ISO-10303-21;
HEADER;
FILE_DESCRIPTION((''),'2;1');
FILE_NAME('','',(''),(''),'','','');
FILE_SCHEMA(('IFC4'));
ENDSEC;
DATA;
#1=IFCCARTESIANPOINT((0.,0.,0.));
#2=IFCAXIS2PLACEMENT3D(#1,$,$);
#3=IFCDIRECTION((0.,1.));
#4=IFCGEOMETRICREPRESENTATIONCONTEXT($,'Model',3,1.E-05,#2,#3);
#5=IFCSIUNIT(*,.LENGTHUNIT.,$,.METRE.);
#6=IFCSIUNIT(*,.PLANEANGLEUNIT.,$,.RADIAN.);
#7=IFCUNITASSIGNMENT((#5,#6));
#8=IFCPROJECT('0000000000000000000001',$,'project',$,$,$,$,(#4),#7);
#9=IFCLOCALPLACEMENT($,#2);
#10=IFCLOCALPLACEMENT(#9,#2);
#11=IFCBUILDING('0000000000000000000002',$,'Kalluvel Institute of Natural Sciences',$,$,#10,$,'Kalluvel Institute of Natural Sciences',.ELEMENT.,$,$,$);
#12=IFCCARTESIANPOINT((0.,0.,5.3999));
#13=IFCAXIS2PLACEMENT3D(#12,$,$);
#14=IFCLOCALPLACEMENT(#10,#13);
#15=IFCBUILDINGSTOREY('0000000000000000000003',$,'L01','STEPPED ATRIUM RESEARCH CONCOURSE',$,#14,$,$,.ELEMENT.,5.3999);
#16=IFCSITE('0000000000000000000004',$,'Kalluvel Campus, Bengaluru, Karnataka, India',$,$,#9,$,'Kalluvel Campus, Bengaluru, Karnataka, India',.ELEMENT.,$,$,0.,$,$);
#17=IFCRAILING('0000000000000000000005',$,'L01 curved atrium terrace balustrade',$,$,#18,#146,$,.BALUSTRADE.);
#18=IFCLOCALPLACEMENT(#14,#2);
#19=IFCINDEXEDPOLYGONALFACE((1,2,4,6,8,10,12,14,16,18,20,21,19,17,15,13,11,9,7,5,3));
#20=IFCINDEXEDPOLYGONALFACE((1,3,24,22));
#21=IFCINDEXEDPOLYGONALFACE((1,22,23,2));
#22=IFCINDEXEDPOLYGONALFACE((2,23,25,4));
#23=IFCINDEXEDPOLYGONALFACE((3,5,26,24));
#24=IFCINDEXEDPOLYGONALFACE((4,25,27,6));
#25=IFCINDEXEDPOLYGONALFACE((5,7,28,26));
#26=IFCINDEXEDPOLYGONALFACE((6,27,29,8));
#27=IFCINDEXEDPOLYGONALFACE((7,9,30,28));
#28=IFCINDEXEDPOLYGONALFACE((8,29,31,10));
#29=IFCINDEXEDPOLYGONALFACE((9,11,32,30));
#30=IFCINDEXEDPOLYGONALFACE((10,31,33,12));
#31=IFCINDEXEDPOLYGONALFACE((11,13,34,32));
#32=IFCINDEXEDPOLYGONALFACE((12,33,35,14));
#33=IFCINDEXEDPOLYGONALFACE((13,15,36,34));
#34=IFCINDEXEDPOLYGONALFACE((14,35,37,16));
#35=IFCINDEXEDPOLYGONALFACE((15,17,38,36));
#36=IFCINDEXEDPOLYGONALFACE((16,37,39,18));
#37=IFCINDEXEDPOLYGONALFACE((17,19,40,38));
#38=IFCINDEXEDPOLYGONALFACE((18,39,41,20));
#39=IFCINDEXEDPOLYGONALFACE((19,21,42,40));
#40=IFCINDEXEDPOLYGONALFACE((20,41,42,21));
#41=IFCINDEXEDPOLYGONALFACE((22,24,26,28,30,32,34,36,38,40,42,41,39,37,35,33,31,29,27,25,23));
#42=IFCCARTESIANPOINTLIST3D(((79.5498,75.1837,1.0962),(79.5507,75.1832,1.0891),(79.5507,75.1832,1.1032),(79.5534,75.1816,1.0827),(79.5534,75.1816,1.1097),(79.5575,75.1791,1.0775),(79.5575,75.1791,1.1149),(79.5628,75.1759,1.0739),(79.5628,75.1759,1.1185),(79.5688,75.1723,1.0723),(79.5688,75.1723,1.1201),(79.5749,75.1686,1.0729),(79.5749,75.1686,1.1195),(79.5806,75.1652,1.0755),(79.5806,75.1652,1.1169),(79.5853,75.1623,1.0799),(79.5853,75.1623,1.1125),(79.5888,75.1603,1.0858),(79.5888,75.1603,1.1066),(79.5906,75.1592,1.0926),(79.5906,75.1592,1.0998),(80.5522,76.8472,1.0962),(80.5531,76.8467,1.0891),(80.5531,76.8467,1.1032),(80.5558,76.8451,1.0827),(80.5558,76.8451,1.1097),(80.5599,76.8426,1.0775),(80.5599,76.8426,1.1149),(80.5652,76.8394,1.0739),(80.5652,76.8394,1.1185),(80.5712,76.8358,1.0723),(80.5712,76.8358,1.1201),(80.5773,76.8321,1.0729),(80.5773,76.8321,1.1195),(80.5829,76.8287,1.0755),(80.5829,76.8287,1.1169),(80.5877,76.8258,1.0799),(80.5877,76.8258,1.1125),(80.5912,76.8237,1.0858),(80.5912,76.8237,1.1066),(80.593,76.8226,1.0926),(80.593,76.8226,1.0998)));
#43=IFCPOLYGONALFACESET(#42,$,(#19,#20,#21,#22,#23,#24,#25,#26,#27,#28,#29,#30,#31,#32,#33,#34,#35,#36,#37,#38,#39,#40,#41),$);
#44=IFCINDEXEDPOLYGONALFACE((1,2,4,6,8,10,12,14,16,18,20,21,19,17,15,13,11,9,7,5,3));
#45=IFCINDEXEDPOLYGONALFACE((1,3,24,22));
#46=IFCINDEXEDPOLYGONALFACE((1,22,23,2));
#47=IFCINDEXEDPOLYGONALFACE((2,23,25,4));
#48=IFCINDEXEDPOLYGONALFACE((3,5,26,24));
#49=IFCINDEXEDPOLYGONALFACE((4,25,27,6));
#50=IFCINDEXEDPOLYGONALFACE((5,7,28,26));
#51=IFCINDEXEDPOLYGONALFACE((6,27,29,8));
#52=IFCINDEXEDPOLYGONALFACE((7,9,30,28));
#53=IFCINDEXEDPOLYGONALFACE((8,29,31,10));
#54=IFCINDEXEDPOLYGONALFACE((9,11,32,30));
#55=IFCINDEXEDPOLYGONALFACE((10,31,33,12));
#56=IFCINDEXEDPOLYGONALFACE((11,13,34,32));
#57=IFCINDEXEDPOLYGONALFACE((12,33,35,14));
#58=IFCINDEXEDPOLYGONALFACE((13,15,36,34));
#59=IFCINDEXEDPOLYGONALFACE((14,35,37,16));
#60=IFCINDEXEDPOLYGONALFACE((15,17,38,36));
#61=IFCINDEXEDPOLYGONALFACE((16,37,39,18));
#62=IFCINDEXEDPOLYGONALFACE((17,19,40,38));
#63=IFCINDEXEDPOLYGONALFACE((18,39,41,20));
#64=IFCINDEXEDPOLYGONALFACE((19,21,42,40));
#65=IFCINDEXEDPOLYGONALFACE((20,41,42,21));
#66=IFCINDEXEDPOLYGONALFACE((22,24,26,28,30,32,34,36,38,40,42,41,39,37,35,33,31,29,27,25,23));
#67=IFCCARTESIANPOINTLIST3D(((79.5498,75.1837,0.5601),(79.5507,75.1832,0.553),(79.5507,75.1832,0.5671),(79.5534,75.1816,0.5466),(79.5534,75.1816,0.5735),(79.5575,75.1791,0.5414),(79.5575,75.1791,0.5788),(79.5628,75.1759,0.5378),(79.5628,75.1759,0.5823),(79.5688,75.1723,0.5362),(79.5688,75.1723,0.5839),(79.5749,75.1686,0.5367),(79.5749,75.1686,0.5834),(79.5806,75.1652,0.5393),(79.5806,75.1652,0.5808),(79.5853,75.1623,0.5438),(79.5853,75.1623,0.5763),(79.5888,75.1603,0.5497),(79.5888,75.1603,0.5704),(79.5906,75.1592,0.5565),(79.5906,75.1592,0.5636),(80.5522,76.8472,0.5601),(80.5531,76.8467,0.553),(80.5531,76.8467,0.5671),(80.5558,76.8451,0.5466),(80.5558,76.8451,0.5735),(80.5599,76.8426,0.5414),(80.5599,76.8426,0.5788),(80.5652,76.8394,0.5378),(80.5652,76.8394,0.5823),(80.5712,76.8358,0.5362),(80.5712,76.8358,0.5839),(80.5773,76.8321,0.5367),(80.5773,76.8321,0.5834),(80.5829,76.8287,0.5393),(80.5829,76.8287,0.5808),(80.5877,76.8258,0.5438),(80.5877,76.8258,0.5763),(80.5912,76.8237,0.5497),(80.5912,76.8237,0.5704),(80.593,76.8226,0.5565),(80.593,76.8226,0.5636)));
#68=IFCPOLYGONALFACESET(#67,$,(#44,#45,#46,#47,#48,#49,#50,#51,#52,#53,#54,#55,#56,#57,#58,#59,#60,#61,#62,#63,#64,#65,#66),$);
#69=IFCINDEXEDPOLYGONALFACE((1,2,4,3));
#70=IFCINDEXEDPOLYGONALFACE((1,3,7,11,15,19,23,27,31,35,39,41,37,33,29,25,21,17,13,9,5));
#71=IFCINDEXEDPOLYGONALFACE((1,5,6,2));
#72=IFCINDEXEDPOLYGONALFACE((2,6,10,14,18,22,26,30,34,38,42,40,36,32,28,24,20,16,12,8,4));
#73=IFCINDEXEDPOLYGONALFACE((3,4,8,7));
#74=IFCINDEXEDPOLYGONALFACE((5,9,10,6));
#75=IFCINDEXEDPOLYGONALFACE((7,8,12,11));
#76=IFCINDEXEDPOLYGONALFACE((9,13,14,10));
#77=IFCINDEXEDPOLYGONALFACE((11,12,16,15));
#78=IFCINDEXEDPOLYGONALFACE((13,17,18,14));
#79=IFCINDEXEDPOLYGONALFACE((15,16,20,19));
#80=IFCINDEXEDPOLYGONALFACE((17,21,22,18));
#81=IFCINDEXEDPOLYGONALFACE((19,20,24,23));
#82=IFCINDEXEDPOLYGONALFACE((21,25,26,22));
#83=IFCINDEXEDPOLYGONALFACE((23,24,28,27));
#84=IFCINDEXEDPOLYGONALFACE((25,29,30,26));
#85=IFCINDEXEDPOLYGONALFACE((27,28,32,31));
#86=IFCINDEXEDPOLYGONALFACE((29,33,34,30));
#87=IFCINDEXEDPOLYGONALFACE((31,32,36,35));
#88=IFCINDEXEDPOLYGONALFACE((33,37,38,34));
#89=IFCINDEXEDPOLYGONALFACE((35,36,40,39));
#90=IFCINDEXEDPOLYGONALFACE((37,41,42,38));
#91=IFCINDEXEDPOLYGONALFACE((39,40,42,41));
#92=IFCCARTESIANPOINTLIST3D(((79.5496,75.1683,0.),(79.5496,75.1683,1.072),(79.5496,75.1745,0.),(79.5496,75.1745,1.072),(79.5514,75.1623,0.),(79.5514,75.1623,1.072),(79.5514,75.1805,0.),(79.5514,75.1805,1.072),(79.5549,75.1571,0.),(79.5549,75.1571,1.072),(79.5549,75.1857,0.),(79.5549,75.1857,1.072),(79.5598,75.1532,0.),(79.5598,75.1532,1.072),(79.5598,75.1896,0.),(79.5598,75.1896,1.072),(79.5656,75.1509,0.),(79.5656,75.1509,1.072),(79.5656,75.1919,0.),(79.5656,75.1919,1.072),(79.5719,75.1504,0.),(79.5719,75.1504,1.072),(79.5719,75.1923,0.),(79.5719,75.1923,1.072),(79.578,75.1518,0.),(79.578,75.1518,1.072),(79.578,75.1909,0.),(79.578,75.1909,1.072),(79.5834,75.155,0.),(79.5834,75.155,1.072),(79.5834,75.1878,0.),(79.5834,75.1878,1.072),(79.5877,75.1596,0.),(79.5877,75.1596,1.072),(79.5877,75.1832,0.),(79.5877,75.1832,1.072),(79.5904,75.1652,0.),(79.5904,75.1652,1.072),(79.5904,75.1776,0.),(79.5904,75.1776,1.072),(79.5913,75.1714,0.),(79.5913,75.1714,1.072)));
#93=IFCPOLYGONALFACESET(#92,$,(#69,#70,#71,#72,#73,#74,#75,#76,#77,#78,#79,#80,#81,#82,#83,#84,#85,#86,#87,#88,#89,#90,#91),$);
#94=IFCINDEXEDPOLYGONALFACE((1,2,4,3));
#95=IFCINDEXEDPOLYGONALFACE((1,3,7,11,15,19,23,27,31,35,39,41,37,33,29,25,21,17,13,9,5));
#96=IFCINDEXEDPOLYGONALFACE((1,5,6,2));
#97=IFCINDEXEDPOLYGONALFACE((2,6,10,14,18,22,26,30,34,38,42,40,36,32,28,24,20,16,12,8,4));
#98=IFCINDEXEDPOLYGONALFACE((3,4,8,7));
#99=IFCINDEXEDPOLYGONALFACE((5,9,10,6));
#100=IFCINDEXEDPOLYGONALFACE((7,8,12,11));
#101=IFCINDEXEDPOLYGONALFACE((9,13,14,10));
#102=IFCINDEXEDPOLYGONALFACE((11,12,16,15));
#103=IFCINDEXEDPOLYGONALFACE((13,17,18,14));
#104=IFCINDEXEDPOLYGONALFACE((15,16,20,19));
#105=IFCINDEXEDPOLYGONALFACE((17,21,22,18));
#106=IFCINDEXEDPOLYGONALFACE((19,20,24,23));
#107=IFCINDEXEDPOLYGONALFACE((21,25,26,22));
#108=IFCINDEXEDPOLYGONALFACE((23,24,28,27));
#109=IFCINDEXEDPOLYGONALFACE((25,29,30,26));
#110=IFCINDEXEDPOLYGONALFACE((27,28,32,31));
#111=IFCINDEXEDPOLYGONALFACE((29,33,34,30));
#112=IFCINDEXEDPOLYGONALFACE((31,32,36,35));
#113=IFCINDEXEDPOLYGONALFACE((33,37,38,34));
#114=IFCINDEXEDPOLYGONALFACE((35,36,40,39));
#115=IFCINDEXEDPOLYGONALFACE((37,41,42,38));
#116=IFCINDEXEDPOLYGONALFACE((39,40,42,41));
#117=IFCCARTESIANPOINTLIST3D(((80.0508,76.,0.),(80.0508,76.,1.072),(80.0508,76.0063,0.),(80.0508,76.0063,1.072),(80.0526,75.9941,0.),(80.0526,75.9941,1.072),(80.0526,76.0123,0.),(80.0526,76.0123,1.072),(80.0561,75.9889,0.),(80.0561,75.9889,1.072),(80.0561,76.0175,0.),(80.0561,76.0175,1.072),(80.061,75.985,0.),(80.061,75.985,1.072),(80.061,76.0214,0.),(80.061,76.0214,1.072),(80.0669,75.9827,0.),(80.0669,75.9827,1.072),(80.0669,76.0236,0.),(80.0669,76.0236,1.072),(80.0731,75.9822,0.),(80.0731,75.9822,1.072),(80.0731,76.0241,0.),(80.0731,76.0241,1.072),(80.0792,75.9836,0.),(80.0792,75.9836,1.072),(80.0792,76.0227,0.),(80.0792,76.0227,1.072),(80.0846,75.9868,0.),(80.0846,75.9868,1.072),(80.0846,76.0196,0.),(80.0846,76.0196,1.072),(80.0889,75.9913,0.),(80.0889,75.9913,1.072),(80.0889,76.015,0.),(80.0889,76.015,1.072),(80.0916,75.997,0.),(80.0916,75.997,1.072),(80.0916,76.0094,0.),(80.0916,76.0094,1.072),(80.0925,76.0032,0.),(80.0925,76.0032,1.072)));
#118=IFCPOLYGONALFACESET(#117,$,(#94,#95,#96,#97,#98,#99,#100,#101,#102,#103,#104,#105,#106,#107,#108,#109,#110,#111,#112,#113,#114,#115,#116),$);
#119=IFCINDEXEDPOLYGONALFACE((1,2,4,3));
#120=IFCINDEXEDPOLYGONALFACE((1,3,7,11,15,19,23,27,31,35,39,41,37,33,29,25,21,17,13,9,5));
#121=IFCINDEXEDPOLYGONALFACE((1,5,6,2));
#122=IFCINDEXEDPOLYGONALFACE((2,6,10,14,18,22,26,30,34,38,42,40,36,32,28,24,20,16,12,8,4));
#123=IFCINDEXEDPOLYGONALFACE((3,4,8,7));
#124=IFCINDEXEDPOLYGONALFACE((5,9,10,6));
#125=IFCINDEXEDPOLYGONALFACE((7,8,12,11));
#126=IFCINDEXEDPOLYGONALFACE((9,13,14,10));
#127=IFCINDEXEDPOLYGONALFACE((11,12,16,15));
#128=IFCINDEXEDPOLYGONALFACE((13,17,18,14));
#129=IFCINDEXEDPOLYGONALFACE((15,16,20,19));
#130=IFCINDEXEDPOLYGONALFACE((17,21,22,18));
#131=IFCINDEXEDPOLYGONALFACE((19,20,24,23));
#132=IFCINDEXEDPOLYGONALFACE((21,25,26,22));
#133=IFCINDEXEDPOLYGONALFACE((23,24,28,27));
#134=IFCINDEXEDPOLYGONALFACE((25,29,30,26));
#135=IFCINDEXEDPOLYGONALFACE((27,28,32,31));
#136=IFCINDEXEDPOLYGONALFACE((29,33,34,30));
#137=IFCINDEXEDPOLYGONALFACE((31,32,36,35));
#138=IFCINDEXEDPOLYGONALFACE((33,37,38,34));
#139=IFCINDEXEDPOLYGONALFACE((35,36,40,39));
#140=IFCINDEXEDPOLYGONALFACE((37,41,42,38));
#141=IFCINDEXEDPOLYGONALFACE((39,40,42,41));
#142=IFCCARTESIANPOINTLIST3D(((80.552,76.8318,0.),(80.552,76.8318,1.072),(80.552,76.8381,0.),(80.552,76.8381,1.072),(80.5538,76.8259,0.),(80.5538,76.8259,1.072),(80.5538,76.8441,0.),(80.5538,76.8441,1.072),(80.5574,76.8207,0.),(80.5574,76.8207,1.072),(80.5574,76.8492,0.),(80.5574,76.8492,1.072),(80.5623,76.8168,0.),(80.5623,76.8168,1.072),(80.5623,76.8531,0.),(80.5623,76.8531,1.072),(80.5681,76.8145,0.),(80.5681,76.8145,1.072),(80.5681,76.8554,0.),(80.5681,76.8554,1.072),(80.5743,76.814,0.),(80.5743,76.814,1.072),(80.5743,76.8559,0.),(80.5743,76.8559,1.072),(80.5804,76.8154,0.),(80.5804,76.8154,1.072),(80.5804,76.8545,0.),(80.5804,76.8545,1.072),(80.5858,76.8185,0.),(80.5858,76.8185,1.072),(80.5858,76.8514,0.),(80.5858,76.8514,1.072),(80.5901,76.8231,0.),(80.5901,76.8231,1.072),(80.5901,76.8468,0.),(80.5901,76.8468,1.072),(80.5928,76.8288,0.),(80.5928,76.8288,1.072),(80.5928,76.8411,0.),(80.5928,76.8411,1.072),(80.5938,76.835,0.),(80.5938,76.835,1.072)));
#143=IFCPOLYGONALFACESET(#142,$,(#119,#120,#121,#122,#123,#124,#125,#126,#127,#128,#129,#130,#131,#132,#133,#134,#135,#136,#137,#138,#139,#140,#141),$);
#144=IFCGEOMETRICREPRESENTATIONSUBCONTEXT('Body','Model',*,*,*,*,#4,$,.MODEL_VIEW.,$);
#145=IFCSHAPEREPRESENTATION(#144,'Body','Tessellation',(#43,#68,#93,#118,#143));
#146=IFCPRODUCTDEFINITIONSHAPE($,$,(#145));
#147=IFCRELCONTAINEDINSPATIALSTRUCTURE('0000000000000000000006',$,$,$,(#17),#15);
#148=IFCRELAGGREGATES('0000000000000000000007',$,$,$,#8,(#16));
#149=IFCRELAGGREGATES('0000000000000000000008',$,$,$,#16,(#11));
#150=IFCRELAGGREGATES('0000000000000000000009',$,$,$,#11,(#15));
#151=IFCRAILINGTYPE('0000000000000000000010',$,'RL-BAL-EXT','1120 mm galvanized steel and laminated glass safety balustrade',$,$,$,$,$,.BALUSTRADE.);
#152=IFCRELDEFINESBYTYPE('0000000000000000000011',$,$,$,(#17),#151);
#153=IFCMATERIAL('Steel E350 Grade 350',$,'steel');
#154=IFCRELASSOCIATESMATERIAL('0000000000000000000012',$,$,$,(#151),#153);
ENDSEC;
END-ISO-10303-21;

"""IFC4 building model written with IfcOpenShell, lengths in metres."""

from ifc_helpers import new_model, si_unit, direction, frame, origin, origin_2d, place, context, subcontext, project, spatial, circle, extrude, material, type_object, element, save


model = new_model("IFC4")

# Units and contexts
model_context = context("Model", 3, precision=1e-05, world=origin(), true_north=direction((0.0, 1.0)))
body_context = subcontext(model_context, "Body", "Model", "MODEL_VIEW")
ifc_project = project(units=[si_unit("LENGTHUNIT", "METRE"), si_unit("PLANEANGLEUNIT", "RADIAN")], contexts=[model_context])

# Site, building, storey
site_placement = place(None, origin())
site = spatial("IfcSite", under=ifc_project, at=site_placement, Name="Kalluvel Campus, Bengaluru, Karnataka, India", LongName="Kalluvel Campus, Bengaluru, Karnataka, India", CompositionType="ELEMENT", RefElevation=0.0)
building_placement = place(site_placement, origin())
building = spatial("IfcBuilding", under=site, at=building_placement, Name="Kalluvel Institute of Natural Sciences", LongName="Kalluvel Institute of Natural Sciences", CompositionType="ELEMENT")
storey_placement = place(building_placement, frame((0.0, 0.0, 5.3999)))
storey = spatial("IfcBuildingStorey", under=building, at=storey_placement, Name="L01", Description="STEPPED ATRIUM RESEARCH CONCOURSE", CompositionType="ELEMENT", Elevation=5.3999)

# Railing
ifc_material_1 = material(Name="Steel E350 Grade 350", Category="steel")
railing_type = type_object("IfcRailingType", Name="RL-BAL-EXT", Description="1120 mm galvanized steel and laminated glass safety balustrade", PredefinedType="BALUSTRADE", material=ifc_material_1)
railing_1_placement = place(storey_placement, frame((79.5703, 75.1714, 0.0)))
element("IfcRailing", 1, at=railing_1_placement, inside=storey, type_object=railing_type, Name="L01 curved atrium terrace balustrade", PredefinedType="BALUSTRADE", context=body_context, shape_type="SweptSolid", body=[
    extrude(circle(Radius=0.0239, at=origin_2d()), frame((0.0, 0.0, 1.0962), z_axis=(0.516122, 0.856515, 0.0), x_axis=(-0.856515, 0.516122, 0.0)), (0.0, 0.0, 1.0), 1.9421),
    extrude(circle(Radius=0.0239, at=origin_2d()), frame((0.0, 0.0, 0.5601), z_axis=(0.516122, 0.856515, 0.0), x_axis=(-0.856515, 0.516122, 0.0)), (0.0, 0.0, 1.0), 1.9421),
    extrude(circle(Radius=0.021, at=origin_2d()), origin(), (0.0, 0.0, 1.0), 1.072),
    extrude(circle(Radius=0.021, at=origin_2d()), frame((0.5012, 0.8318, 0.0)), (0.0, 0.0, 1.0), 1.072),
    extrude(circle(Radius=0.021, at=origin_2d()), frame((1.0024, 1.6636, 0.0)), (0.0, 0.0, 1.0), 1.072),
])

save(model, "model.ifc")
